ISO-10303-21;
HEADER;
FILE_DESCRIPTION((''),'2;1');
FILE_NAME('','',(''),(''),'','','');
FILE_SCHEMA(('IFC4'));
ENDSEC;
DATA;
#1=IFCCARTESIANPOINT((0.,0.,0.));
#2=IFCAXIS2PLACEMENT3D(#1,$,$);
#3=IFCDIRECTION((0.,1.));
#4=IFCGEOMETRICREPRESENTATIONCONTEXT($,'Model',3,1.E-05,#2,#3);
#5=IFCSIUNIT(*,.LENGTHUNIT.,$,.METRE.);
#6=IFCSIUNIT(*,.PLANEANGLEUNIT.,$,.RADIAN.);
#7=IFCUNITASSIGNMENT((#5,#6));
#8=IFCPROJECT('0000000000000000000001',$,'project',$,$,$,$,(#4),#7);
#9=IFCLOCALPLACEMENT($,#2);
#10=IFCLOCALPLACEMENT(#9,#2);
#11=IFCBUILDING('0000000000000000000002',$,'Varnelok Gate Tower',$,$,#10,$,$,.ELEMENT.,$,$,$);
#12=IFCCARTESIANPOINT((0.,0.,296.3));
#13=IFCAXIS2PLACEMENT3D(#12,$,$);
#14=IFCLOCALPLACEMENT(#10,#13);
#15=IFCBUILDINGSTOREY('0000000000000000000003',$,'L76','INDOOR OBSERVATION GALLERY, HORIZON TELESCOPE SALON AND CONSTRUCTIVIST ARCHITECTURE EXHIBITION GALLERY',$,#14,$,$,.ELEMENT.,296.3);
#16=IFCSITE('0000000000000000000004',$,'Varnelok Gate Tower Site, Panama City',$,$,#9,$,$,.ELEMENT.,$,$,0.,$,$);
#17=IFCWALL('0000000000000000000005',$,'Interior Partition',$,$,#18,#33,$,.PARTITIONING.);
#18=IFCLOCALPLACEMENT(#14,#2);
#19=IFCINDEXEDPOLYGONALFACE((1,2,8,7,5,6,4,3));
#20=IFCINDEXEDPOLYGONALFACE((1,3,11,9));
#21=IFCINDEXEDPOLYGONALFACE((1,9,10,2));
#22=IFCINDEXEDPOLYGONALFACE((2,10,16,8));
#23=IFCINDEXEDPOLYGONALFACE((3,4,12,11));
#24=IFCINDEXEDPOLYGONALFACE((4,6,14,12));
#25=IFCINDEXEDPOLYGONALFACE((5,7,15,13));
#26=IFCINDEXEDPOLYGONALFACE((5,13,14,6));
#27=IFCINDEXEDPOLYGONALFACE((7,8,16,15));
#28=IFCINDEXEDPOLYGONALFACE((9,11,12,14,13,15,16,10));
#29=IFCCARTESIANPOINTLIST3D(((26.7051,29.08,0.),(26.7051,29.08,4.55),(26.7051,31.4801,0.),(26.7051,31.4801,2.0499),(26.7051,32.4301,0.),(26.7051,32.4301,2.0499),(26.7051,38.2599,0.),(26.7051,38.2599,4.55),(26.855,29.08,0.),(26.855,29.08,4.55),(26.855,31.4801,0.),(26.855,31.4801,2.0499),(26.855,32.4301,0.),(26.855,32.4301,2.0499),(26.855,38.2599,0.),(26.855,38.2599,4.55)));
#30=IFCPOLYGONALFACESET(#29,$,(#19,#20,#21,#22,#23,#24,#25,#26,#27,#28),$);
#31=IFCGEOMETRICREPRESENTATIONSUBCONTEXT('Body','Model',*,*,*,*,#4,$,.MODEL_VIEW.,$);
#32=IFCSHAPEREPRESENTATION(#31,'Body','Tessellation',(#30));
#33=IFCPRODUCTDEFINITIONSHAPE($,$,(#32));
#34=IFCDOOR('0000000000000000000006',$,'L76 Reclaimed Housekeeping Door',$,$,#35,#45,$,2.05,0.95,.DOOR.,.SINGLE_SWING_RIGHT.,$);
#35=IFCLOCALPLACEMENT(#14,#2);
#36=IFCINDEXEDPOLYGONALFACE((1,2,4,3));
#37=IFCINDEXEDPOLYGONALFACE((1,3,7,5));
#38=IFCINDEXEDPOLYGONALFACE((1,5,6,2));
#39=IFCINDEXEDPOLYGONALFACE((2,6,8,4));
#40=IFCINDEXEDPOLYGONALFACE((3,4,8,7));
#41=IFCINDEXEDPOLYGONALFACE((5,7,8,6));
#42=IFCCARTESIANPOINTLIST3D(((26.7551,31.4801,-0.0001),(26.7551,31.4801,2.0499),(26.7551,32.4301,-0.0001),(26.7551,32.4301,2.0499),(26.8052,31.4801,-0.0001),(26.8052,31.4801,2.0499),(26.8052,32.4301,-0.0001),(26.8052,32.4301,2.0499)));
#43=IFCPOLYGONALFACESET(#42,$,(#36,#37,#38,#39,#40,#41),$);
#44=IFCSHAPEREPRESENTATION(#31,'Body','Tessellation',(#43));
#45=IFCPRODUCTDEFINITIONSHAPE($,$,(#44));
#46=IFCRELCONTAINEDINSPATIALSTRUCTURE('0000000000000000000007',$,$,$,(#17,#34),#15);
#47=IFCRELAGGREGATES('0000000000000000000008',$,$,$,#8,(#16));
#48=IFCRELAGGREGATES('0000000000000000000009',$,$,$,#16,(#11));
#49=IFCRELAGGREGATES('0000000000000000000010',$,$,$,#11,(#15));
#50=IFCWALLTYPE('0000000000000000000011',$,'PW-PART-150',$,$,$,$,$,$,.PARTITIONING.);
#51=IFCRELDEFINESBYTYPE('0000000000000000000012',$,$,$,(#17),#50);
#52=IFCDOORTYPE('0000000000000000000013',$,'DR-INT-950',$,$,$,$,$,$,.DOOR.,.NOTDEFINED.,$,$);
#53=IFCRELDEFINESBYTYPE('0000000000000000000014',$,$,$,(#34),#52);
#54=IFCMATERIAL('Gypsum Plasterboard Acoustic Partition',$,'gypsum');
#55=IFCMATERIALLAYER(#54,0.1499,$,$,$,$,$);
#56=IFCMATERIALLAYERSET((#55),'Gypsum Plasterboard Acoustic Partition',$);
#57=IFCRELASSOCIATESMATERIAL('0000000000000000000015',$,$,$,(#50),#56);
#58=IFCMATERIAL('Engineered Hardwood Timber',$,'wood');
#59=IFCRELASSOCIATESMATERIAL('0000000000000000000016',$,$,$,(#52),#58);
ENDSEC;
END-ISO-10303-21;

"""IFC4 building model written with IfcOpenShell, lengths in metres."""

from ifc_helpers import new_model, si_unit, direction, frame, frame_2d, origin, place, context, subcontext, project, spatial, rectangle, extrude, material, layer, layer_set, type_object, element, fill, save


model = new_model("IFC4")

# Units and contexts
model_context = context("Model", 3, precision=1e-05, world=origin(), true_north=direction((0.0, 1.0)))
body_context = subcontext(model_context, "Body", "Model", "MODEL_VIEW")
ifc_project = project(units=[si_unit("LENGTHUNIT", "METRE"), si_unit("PLANEANGLEUNIT", "RADIAN")], contexts=[model_context])

# Site, building, storey
site_placement = place(None, origin())
site = spatial("IfcSite", under=ifc_project, at=site_placement, Name="Varnelok Gate Tower Site, Panama City", CompositionType="ELEMENT", RefElevation=0.0)
building_placement = place(site_placement, origin())
building = spatial("IfcBuilding", under=site, at=building_placement, Name="Varnelok Gate Tower", CompositionType="ELEMENT")
storey_placement = place(building_placement, frame((0.0, 0.0, 296.3)))
storey = spatial("IfcBuildingStorey", under=building, at=storey_placement, Name="L76", Description="INDOOR OBSERVATION GALLERY, HORIZON TELESCOPE SALON AND CONSTRUCTIVIST ARCHITECTURE EXHIBITION GALLERY", CompositionType="ELEMENT", Elevation=296.3)

# Shared definitions
ifc_material_1 = material(Name="Gypsum Plasterboard Acoustic Partition", Category="gypsum")
ifc_layer_1 = layer(ifc_material_1, 0.1499)
ifc_layer_set_1 = layer_set([ifc_layer_1], Name="Gypsum Plasterboard Acoustic Partition")
wall_type_1 = type_object("IfcWallType", Name="PW-PART-150", PredefinedType="PARTITIONING", material=ifc_layer_set_1)

# Wall, opening, door
wall_1_placement = place(storey_placement, frame((26.78, 29.0801, 0.0), z_axis=(0.0, 0.0, 1.0), x_axis=(0.0, 1.0, 0.0)))
wall_1 = element("IfcWall", 1, at=wall_1_placement, inside=storey, type_object=wall_type_1, Name="Interior Partition", PredefinedType="PARTITIONING", context=body_context, shape_type="SweptSolid", body=[
    extrude(rectangle(XDim=9.1799, YDim=0.1499, at=frame_2d((4.5898, 0.0))), origin(), (0.0, 0.0, 1.0), 4.55),
])
opening_1_placement = place(wall_1_placement, frame((2.3999, 0.0, 0.0)))
opening_1 = element("IfcOpeningElement", 2, at=opening_1_placement, cuts=wall_1, PredefinedType="OPENING", context=body_context, shape_type="SweptSolid", body=[
    extrude(rectangle(XDim=0.95, YDim=2.05, at=frame_2d((0.4751, 1.0249))), frame((0.0, 0.085, 0.0), z_axis=(0.0, -1.0, 0.0), x_axis=(1.0, 0.0, 0.0)), (0.0, 0.0, 1.0), 0.1699),
])
ifc_material_2 = material(Name="Engineered Hardwood Timber", Category="wood")
door_type_1 = type_object("IfcDoorType", Name="DR-INT-950", OperationType="NOTDEFINED", PredefinedType="DOOR", material=ifc_material_2)
door_1_placement = place(opening_1_placement, origin())
door_1 = element("IfcDoor", 3, at=door_1_placement, inside=storey, type_object=door_type_1, Name="L76 Reclaimed Housekeeping Door", OperationType="SINGLE_SWING_RIGHT", OverallHeight=2.05, OverallWidth=0.95, PredefinedType="DOOR", context=body_context, shape_type="SweptSolid", body=[
    extrude(rectangle(XDim=0.95, YDim=2.05, at=frame_2d((0.4751, 1.0249))), frame((0.0, 0.0249, 0.0), z_axis=(0.0, -1.0, 0.0), x_axis=(1.0, 0.0, 0.0)), (0.0, 0.0, 1.0), 0.05),
])
fill(opening_1, door_1)

save(model, "model.ifc")
